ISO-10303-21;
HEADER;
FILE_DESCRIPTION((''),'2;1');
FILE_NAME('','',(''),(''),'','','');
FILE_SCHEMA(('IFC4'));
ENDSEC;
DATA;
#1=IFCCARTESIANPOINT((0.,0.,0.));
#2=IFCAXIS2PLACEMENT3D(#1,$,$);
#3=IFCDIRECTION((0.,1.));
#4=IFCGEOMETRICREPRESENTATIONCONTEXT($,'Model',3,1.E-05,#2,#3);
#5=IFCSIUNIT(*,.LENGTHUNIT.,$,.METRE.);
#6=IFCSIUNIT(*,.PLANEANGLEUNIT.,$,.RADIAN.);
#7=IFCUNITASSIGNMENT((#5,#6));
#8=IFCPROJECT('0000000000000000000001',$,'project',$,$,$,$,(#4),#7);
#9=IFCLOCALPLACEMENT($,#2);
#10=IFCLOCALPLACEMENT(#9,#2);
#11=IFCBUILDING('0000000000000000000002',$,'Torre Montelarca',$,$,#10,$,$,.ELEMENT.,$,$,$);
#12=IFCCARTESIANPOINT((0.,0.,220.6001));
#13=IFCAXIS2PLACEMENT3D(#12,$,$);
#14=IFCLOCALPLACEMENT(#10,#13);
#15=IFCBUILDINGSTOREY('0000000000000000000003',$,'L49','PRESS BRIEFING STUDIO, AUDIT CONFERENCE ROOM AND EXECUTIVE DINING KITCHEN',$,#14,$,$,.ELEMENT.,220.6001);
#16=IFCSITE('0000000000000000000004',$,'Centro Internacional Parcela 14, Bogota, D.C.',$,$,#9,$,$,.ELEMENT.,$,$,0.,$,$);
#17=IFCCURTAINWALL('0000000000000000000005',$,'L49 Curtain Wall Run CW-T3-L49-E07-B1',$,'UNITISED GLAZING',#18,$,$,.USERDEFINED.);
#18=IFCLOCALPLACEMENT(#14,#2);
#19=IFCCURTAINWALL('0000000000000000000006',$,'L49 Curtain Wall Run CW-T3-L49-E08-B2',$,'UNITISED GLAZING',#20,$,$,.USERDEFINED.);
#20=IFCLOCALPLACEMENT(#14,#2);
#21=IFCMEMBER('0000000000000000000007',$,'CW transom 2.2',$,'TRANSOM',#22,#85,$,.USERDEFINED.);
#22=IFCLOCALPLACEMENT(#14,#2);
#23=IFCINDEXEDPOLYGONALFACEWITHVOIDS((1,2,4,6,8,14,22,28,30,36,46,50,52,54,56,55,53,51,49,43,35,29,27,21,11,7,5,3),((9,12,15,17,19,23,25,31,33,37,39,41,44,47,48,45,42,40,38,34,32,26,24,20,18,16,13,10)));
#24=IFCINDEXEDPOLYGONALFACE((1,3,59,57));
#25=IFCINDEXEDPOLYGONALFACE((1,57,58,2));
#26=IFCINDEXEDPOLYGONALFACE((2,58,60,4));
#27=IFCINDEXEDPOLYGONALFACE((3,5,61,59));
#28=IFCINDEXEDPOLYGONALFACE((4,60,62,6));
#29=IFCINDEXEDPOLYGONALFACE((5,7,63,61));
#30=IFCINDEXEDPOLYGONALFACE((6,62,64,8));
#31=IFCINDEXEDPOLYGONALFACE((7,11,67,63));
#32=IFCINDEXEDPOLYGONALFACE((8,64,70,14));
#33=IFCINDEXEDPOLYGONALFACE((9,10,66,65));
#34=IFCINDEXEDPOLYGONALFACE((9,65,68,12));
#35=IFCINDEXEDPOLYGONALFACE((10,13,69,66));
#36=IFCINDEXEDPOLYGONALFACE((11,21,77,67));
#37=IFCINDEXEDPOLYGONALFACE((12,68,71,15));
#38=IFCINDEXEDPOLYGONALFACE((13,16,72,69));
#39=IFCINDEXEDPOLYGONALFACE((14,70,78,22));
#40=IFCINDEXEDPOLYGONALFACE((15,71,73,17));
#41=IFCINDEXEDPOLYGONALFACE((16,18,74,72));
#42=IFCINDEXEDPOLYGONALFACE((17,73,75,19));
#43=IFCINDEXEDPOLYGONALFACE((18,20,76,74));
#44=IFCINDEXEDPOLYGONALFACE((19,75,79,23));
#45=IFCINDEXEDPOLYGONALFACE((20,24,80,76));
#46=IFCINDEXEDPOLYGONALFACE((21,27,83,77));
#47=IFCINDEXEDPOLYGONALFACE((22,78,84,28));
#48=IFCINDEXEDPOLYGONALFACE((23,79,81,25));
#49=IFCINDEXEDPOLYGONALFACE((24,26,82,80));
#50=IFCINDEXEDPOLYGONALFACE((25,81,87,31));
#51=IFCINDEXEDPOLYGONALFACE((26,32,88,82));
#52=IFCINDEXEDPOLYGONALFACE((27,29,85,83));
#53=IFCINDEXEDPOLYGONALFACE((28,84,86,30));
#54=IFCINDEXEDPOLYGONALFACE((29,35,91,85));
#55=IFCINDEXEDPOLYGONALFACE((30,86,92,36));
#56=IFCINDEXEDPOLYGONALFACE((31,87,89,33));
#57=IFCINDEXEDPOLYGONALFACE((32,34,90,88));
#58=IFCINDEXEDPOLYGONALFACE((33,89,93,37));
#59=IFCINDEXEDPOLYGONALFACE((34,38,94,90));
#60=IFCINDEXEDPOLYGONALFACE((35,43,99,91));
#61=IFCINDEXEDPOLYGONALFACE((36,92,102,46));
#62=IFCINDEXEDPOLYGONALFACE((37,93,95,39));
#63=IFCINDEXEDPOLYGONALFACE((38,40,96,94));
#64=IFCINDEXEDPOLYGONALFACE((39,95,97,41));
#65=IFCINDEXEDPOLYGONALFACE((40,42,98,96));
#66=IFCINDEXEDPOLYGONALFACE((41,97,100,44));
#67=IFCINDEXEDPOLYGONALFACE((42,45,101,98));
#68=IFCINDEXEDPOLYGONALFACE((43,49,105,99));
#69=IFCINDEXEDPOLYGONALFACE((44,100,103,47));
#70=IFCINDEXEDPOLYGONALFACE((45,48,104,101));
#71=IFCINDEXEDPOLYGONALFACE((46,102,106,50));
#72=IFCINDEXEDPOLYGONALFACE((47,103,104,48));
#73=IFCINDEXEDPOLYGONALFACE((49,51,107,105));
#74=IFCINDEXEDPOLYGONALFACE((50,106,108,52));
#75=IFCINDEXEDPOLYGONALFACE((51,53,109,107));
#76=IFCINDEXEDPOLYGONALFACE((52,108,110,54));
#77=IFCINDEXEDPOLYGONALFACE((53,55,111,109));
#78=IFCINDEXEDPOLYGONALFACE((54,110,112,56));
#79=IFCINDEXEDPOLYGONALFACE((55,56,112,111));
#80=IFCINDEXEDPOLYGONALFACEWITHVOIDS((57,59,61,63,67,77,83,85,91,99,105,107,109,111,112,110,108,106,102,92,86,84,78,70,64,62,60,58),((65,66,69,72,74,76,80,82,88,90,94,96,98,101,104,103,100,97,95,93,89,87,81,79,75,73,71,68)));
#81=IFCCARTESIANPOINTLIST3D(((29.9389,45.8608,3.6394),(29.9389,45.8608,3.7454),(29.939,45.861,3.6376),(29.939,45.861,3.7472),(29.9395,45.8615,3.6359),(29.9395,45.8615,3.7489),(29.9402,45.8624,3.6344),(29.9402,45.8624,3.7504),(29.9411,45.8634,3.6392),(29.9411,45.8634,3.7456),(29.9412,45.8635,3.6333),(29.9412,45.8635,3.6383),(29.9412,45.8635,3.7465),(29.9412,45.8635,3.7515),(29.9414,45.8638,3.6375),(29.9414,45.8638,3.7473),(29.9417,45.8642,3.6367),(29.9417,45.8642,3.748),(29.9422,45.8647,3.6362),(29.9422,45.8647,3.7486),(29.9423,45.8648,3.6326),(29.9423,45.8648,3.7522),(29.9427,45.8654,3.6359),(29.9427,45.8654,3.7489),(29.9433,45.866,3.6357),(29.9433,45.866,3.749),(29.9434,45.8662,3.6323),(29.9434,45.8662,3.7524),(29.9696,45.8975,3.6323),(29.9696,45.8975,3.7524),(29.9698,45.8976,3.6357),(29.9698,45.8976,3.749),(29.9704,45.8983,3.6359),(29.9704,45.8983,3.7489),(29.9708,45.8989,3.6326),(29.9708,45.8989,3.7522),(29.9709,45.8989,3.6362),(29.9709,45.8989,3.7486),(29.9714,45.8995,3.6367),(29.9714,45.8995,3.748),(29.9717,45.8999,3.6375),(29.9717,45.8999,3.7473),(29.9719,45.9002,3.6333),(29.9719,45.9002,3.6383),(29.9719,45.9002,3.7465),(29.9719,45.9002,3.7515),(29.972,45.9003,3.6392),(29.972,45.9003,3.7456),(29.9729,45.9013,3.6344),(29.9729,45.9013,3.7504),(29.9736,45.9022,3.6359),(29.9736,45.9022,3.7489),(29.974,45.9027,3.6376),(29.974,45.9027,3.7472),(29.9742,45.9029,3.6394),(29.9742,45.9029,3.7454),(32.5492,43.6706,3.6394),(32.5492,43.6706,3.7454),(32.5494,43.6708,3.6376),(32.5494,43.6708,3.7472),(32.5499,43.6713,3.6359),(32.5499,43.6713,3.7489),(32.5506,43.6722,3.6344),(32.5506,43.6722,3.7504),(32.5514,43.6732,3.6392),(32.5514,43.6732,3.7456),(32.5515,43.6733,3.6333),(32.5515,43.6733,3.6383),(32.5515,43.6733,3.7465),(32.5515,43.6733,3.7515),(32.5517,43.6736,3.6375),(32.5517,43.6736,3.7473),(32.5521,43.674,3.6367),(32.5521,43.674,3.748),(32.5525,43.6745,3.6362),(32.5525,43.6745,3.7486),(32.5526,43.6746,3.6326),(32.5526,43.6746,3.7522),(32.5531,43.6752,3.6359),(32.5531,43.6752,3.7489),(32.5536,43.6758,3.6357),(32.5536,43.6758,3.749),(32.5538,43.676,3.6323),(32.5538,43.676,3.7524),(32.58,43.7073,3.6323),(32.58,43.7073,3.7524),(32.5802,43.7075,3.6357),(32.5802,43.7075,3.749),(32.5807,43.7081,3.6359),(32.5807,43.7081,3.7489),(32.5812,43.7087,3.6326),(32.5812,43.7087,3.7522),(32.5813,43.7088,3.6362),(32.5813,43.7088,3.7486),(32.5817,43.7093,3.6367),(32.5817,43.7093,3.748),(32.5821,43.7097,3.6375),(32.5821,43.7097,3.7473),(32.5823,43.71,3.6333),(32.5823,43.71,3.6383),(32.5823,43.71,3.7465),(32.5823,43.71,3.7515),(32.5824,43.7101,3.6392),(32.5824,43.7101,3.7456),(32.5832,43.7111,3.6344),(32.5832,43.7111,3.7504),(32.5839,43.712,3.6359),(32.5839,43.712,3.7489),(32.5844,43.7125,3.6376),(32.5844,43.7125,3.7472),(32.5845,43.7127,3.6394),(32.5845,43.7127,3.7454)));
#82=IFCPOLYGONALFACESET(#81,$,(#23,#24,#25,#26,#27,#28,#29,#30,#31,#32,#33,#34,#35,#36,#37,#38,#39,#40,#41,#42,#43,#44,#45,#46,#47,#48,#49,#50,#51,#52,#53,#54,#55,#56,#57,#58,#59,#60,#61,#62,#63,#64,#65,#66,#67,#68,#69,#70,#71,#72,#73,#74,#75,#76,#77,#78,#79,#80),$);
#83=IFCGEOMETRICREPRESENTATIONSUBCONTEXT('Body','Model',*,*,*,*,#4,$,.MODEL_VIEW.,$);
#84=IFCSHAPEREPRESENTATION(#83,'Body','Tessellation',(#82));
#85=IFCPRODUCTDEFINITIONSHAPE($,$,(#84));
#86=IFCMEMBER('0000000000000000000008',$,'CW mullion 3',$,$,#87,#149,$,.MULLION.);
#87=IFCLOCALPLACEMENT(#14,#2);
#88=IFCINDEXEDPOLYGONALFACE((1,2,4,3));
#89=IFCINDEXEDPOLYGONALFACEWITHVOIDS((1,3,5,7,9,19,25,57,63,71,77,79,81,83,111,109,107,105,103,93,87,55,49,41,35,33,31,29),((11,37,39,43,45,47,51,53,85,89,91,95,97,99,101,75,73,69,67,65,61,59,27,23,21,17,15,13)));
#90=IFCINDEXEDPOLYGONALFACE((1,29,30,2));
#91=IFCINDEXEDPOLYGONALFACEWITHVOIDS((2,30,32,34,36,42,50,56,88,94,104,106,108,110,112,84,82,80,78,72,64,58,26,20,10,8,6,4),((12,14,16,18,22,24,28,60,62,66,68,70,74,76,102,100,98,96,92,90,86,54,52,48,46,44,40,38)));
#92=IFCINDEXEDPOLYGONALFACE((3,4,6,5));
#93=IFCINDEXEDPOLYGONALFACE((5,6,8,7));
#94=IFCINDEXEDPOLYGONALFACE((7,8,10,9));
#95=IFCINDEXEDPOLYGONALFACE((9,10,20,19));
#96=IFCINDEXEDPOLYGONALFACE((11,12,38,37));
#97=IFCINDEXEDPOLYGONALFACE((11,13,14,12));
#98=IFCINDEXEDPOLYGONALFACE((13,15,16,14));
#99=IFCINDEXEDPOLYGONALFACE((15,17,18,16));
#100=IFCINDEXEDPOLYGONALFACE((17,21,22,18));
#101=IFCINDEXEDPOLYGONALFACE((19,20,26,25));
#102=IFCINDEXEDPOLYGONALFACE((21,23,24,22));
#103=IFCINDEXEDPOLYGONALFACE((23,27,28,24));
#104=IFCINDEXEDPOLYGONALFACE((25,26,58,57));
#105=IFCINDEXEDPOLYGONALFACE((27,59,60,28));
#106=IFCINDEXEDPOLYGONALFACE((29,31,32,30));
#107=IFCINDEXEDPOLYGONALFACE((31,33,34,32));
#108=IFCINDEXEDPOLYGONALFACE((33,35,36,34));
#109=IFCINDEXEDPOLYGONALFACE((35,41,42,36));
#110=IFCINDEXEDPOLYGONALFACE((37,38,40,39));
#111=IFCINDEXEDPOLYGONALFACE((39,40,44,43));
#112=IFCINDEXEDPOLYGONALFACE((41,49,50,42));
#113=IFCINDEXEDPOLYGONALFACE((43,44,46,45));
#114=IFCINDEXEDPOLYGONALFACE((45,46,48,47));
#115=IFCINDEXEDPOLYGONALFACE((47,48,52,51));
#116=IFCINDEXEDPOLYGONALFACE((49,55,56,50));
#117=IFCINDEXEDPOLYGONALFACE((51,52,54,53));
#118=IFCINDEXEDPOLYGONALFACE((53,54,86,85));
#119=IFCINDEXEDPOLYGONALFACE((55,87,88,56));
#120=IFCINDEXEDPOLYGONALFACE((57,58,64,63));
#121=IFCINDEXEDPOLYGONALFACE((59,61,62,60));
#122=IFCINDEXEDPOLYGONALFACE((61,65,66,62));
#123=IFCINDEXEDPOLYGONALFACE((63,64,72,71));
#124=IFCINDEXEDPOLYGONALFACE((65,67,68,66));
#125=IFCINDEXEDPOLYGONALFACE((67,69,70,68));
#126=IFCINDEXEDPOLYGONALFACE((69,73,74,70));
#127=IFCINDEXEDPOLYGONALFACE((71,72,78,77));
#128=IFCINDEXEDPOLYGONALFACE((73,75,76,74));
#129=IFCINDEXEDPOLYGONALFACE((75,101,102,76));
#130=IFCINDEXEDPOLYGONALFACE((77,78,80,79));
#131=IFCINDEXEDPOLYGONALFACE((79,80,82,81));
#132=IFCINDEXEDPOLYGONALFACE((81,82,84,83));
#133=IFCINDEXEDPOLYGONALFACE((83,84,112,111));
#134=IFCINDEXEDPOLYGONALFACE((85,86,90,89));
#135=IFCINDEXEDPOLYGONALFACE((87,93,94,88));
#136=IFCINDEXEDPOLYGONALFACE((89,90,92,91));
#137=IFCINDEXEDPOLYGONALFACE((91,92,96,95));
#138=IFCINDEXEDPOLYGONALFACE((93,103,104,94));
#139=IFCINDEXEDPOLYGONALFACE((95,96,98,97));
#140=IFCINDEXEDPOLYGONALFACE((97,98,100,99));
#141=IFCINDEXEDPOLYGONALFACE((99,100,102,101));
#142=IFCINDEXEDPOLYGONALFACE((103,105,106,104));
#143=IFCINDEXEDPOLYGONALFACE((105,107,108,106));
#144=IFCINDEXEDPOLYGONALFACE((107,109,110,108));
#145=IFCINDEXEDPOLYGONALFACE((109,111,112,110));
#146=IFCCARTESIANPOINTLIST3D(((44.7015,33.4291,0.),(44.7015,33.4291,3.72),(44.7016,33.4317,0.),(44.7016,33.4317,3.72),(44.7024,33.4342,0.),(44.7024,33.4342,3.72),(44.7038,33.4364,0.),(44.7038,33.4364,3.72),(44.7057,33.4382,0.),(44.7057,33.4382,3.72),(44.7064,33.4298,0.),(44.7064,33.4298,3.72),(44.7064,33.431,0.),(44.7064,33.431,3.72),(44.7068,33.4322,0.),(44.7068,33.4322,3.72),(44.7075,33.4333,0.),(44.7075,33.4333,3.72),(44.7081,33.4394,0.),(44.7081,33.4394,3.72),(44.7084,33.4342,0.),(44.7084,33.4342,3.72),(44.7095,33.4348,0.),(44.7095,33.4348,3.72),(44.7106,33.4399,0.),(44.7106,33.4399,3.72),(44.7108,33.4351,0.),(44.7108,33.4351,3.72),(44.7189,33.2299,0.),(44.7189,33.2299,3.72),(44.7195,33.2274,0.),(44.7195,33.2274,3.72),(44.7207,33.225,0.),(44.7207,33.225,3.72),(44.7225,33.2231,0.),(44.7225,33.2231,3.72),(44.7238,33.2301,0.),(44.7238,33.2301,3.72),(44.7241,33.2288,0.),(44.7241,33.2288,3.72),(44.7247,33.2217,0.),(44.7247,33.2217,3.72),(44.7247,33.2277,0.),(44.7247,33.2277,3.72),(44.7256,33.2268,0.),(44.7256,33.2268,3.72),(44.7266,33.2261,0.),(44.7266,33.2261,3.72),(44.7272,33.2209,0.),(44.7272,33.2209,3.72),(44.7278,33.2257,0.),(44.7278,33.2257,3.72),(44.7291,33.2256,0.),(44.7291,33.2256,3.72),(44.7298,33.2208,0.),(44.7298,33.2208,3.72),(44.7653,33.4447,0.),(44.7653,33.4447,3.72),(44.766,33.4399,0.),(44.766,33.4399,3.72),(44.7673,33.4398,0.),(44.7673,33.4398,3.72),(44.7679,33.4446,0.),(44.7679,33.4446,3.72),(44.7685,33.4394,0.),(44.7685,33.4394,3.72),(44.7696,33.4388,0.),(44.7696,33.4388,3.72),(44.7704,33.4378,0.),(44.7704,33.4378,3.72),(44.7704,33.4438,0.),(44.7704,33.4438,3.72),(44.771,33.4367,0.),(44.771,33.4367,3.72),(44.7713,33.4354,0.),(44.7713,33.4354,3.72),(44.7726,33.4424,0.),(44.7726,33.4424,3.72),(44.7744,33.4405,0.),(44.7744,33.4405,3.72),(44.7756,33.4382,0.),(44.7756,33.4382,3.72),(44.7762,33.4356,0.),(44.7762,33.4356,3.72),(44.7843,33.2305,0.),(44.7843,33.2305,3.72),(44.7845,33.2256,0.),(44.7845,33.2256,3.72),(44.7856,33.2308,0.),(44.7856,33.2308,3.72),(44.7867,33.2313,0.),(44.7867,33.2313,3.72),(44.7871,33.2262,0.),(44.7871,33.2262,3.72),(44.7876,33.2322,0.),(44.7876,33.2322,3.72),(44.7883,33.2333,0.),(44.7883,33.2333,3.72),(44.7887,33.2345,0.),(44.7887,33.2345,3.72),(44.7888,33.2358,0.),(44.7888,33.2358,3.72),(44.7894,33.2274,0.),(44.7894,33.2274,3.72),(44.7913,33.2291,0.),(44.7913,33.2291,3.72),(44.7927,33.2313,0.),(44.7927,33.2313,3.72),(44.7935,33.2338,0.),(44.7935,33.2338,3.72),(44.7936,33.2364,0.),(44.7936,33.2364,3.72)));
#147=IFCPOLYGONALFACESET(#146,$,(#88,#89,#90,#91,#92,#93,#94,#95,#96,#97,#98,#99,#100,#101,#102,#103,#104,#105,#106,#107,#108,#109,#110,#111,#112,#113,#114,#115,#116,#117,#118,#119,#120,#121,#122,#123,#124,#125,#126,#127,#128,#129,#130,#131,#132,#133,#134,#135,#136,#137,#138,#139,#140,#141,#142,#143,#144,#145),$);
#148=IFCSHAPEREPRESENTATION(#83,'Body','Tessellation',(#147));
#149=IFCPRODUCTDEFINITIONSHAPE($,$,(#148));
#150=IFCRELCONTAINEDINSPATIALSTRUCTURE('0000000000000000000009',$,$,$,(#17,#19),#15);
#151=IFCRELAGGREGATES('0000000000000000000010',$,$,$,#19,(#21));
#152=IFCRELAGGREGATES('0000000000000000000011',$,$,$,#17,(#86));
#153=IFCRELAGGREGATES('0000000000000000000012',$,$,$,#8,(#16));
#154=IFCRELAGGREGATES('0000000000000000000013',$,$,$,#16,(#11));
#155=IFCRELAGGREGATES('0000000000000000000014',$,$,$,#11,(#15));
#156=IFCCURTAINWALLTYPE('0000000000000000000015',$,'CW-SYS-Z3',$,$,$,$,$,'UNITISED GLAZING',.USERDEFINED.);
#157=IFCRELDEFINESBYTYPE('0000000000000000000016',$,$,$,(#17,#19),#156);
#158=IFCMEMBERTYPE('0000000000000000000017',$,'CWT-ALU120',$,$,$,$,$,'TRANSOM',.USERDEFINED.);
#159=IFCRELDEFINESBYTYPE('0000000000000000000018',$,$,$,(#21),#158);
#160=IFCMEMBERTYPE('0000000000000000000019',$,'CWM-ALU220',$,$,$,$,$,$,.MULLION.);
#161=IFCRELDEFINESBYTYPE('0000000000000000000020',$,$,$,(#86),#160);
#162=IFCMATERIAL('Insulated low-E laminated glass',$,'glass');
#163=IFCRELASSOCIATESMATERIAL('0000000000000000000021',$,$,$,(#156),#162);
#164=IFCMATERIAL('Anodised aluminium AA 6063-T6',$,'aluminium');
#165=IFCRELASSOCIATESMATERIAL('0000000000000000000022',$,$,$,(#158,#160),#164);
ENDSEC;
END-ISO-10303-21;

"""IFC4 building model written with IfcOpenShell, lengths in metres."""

from ifc_helpers import new_model, si_unit, direction, frame, origin, origin_2d, place, context, subcontext, project, spatial, hollow_rectangle, extrude, source, transform, mapped, material, material_profile, profile_set, type_object, element, aggregate, save


model = new_model("IFC4")

# Units and contexts
model_context = context("Model", 3, precision=1e-05, world=origin(), true_north=direction((0.0, 1.0)))
body_context = subcontext(model_context, "Body", "Model", "MODEL_VIEW")
ifc_project = project(units=[si_unit("LENGTHUNIT", "METRE"), si_unit("PLANEANGLEUNIT", "RADIAN")], contexts=[model_context])

# Site, building, storey
site_placement = place(None, origin())
site = spatial("IfcSite", under=ifc_project, at=site_placement, Name="Centro Internacional Parcela 14, Bogota, D.C.", CompositionType="ELEMENT", RefElevation=0.0)
building_placement = place(site_placement, origin())
building = spatial("IfcBuilding", under=site, at=building_placement, Name="Torre Montelarca", CompositionType="ELEMENT")
storey_placement = place(building_placement, frame((0.0, 0.0, 220.6001)))
storey = spatial("IfcBuildingStorey", under=building, at=storey_placement, Name="L49", Description="PRESS BRIEFING STUDIO, AUDIT CONFERENCE ROOM AND EXECUTIVE DINING KITCHEN", CompositionType="ELEMENT", Elevation=220.6001)

# Shared definitions
ifc_material_1 = material(Name="Insulated low-E laminated glass", Category="glass")
curtain_wall_type = type_object("IfcCurtainWallType", Name="CW-SYS-Z3", ElementType="UNITISED GLAZING", PredefinedType="USERDEFINED", material=ifc_material_1)
ifc_material_2 = material(Name="Anodised aluminium AA 6063-T6", Category="aluminium")
ifc_material_profile_1 = material_profile(ifc_material_2, hollow_rectangle(XDim=0.0549, YDim=0.1201, WallThickness=0.0034, InnerFilletRadius=0.0034, OuterFilletRadius=0.0071, at=origin_2d()), Name="ALU55X120X3.5", Category="aluminium")
ifc_profile_set_1 = profile_set([ifc_material_profile_1], Name="Anodised aluminium AA 6063-T6")
member_type_1 = type_object("IfcMemberType", Name="CWT-ALU120", ElementType="TRANSOM", PredefinedType="USERDEFINED", material=ifc_profile_set_1)

# Curtain wall
curtain_wall_1_placement = place(storey_placement, origin())
curtain_wall_1 = element("IfcCurtainWall", 1, at=curtain_wall_1_placement, inside=storey, type_object=curtain_wall_type, Name="L49 Curtain Wall Run CW-T3-L49-E07-B1", ObjectType="UNITISED GLAZING", PredefinedType="USERDEFINED")

# Shared definitions
shared_shape_1 = source(origin(), body_context, "Body", "SweptSolid", [
    extrude(hollow_rectangle(XDim=0.0549, YDim=0.1201, WallThickness=0.0034, InnerFilletRadius=0.0034, OuterFilletRadius=0.0071, at=origin_2d()), origin(), (0.0, 0.0, 1.0), 3.4075),
])

# Curtain wall, member
curtain_wall_2_placement = place(storey_placement, origin())
curtain_wall_2 = element("IfcCurtainWall", 2, at=curtain_wall_2_placement, inside=storey, type_object=curtain_wall_type, Name="L49 Curtain Wall Run CW-T3-L49-E08-B2", ObjectType="UNITISED GLAZING", PredefinedType="USERDEFINED")
member_1_placement = place(storey_placement, frame((32.5669, 43.6917, 3.6924), z_axis=(-0.766067, 0.64276, 0.0), x_axis=(-0.64276, -0.766067, 0.0)))
member_1 = element("IfcMember", 3, at=member_1_placement, type_object=member_type_1, Name="CW transom 2.2", ObjectType="TRANSOM", PredefinedType="USERDEFINED", context=body_context, shape_type="MappedRepresentation", body=[
    mapped(shared_shape_1, transform((0.0, 0.0, 0.0), scale=1.0)),
])

# Member
ifc_material_profile_2 = material_profile(ifc_material_2, hollow_rectangle(XDim=0.075, YDim=0.22, WallThickness=0.0049, InnerFilletRadius=0.0049, OuterFilletRadius=0.01, at=origin_2d()), Name="ALU75X220X5", Category="aluminium")
ifc_profile_set_2 = profile_set([ifc_material_profile_2], Name="Anodised aluminium AA 6063-T6")
member_type_2 = type_object("IfcMemberType", Name="CWM-ALU220", PredefinedType="MULLION", material=ifc_profile_set_2)
shared_shape_2 = source(origin(), body_context, "Body", "SweptSolid", [
    extrude(hollow_rectangle(XDim=0.075, YDim=0.22, WallThickness=0.0049, InnerFilletRadius=0.0049, OuterFilletRadius=0.01, at=origin_2d()), origin(), (0.0, 0.0, 1.0), 3.72),
])
member_2_placement = place(storey_placement, frame((44.7476, 33.3328, 0.0), z_axis=(0.0, 0.0, 1.0), x_axis=(-0.996192, -0.087183, 0.0)))
member_2 = element("IfcMember", 4, at=member_2_placement, type_object=member_type_2, Name="CW mullion 3", PredefinedType="MULLION", context=body_context, shape_type="MappedRepresentation", body=[
    mapped(shared_shape_2, transform((0.0, 0.0, 0.0), scale=1.0)),
])

aggregate(curtain_wall_2, [member_1])
aggregate(curtain_wall_1, [member_2])

save(model, "model.ifc")
